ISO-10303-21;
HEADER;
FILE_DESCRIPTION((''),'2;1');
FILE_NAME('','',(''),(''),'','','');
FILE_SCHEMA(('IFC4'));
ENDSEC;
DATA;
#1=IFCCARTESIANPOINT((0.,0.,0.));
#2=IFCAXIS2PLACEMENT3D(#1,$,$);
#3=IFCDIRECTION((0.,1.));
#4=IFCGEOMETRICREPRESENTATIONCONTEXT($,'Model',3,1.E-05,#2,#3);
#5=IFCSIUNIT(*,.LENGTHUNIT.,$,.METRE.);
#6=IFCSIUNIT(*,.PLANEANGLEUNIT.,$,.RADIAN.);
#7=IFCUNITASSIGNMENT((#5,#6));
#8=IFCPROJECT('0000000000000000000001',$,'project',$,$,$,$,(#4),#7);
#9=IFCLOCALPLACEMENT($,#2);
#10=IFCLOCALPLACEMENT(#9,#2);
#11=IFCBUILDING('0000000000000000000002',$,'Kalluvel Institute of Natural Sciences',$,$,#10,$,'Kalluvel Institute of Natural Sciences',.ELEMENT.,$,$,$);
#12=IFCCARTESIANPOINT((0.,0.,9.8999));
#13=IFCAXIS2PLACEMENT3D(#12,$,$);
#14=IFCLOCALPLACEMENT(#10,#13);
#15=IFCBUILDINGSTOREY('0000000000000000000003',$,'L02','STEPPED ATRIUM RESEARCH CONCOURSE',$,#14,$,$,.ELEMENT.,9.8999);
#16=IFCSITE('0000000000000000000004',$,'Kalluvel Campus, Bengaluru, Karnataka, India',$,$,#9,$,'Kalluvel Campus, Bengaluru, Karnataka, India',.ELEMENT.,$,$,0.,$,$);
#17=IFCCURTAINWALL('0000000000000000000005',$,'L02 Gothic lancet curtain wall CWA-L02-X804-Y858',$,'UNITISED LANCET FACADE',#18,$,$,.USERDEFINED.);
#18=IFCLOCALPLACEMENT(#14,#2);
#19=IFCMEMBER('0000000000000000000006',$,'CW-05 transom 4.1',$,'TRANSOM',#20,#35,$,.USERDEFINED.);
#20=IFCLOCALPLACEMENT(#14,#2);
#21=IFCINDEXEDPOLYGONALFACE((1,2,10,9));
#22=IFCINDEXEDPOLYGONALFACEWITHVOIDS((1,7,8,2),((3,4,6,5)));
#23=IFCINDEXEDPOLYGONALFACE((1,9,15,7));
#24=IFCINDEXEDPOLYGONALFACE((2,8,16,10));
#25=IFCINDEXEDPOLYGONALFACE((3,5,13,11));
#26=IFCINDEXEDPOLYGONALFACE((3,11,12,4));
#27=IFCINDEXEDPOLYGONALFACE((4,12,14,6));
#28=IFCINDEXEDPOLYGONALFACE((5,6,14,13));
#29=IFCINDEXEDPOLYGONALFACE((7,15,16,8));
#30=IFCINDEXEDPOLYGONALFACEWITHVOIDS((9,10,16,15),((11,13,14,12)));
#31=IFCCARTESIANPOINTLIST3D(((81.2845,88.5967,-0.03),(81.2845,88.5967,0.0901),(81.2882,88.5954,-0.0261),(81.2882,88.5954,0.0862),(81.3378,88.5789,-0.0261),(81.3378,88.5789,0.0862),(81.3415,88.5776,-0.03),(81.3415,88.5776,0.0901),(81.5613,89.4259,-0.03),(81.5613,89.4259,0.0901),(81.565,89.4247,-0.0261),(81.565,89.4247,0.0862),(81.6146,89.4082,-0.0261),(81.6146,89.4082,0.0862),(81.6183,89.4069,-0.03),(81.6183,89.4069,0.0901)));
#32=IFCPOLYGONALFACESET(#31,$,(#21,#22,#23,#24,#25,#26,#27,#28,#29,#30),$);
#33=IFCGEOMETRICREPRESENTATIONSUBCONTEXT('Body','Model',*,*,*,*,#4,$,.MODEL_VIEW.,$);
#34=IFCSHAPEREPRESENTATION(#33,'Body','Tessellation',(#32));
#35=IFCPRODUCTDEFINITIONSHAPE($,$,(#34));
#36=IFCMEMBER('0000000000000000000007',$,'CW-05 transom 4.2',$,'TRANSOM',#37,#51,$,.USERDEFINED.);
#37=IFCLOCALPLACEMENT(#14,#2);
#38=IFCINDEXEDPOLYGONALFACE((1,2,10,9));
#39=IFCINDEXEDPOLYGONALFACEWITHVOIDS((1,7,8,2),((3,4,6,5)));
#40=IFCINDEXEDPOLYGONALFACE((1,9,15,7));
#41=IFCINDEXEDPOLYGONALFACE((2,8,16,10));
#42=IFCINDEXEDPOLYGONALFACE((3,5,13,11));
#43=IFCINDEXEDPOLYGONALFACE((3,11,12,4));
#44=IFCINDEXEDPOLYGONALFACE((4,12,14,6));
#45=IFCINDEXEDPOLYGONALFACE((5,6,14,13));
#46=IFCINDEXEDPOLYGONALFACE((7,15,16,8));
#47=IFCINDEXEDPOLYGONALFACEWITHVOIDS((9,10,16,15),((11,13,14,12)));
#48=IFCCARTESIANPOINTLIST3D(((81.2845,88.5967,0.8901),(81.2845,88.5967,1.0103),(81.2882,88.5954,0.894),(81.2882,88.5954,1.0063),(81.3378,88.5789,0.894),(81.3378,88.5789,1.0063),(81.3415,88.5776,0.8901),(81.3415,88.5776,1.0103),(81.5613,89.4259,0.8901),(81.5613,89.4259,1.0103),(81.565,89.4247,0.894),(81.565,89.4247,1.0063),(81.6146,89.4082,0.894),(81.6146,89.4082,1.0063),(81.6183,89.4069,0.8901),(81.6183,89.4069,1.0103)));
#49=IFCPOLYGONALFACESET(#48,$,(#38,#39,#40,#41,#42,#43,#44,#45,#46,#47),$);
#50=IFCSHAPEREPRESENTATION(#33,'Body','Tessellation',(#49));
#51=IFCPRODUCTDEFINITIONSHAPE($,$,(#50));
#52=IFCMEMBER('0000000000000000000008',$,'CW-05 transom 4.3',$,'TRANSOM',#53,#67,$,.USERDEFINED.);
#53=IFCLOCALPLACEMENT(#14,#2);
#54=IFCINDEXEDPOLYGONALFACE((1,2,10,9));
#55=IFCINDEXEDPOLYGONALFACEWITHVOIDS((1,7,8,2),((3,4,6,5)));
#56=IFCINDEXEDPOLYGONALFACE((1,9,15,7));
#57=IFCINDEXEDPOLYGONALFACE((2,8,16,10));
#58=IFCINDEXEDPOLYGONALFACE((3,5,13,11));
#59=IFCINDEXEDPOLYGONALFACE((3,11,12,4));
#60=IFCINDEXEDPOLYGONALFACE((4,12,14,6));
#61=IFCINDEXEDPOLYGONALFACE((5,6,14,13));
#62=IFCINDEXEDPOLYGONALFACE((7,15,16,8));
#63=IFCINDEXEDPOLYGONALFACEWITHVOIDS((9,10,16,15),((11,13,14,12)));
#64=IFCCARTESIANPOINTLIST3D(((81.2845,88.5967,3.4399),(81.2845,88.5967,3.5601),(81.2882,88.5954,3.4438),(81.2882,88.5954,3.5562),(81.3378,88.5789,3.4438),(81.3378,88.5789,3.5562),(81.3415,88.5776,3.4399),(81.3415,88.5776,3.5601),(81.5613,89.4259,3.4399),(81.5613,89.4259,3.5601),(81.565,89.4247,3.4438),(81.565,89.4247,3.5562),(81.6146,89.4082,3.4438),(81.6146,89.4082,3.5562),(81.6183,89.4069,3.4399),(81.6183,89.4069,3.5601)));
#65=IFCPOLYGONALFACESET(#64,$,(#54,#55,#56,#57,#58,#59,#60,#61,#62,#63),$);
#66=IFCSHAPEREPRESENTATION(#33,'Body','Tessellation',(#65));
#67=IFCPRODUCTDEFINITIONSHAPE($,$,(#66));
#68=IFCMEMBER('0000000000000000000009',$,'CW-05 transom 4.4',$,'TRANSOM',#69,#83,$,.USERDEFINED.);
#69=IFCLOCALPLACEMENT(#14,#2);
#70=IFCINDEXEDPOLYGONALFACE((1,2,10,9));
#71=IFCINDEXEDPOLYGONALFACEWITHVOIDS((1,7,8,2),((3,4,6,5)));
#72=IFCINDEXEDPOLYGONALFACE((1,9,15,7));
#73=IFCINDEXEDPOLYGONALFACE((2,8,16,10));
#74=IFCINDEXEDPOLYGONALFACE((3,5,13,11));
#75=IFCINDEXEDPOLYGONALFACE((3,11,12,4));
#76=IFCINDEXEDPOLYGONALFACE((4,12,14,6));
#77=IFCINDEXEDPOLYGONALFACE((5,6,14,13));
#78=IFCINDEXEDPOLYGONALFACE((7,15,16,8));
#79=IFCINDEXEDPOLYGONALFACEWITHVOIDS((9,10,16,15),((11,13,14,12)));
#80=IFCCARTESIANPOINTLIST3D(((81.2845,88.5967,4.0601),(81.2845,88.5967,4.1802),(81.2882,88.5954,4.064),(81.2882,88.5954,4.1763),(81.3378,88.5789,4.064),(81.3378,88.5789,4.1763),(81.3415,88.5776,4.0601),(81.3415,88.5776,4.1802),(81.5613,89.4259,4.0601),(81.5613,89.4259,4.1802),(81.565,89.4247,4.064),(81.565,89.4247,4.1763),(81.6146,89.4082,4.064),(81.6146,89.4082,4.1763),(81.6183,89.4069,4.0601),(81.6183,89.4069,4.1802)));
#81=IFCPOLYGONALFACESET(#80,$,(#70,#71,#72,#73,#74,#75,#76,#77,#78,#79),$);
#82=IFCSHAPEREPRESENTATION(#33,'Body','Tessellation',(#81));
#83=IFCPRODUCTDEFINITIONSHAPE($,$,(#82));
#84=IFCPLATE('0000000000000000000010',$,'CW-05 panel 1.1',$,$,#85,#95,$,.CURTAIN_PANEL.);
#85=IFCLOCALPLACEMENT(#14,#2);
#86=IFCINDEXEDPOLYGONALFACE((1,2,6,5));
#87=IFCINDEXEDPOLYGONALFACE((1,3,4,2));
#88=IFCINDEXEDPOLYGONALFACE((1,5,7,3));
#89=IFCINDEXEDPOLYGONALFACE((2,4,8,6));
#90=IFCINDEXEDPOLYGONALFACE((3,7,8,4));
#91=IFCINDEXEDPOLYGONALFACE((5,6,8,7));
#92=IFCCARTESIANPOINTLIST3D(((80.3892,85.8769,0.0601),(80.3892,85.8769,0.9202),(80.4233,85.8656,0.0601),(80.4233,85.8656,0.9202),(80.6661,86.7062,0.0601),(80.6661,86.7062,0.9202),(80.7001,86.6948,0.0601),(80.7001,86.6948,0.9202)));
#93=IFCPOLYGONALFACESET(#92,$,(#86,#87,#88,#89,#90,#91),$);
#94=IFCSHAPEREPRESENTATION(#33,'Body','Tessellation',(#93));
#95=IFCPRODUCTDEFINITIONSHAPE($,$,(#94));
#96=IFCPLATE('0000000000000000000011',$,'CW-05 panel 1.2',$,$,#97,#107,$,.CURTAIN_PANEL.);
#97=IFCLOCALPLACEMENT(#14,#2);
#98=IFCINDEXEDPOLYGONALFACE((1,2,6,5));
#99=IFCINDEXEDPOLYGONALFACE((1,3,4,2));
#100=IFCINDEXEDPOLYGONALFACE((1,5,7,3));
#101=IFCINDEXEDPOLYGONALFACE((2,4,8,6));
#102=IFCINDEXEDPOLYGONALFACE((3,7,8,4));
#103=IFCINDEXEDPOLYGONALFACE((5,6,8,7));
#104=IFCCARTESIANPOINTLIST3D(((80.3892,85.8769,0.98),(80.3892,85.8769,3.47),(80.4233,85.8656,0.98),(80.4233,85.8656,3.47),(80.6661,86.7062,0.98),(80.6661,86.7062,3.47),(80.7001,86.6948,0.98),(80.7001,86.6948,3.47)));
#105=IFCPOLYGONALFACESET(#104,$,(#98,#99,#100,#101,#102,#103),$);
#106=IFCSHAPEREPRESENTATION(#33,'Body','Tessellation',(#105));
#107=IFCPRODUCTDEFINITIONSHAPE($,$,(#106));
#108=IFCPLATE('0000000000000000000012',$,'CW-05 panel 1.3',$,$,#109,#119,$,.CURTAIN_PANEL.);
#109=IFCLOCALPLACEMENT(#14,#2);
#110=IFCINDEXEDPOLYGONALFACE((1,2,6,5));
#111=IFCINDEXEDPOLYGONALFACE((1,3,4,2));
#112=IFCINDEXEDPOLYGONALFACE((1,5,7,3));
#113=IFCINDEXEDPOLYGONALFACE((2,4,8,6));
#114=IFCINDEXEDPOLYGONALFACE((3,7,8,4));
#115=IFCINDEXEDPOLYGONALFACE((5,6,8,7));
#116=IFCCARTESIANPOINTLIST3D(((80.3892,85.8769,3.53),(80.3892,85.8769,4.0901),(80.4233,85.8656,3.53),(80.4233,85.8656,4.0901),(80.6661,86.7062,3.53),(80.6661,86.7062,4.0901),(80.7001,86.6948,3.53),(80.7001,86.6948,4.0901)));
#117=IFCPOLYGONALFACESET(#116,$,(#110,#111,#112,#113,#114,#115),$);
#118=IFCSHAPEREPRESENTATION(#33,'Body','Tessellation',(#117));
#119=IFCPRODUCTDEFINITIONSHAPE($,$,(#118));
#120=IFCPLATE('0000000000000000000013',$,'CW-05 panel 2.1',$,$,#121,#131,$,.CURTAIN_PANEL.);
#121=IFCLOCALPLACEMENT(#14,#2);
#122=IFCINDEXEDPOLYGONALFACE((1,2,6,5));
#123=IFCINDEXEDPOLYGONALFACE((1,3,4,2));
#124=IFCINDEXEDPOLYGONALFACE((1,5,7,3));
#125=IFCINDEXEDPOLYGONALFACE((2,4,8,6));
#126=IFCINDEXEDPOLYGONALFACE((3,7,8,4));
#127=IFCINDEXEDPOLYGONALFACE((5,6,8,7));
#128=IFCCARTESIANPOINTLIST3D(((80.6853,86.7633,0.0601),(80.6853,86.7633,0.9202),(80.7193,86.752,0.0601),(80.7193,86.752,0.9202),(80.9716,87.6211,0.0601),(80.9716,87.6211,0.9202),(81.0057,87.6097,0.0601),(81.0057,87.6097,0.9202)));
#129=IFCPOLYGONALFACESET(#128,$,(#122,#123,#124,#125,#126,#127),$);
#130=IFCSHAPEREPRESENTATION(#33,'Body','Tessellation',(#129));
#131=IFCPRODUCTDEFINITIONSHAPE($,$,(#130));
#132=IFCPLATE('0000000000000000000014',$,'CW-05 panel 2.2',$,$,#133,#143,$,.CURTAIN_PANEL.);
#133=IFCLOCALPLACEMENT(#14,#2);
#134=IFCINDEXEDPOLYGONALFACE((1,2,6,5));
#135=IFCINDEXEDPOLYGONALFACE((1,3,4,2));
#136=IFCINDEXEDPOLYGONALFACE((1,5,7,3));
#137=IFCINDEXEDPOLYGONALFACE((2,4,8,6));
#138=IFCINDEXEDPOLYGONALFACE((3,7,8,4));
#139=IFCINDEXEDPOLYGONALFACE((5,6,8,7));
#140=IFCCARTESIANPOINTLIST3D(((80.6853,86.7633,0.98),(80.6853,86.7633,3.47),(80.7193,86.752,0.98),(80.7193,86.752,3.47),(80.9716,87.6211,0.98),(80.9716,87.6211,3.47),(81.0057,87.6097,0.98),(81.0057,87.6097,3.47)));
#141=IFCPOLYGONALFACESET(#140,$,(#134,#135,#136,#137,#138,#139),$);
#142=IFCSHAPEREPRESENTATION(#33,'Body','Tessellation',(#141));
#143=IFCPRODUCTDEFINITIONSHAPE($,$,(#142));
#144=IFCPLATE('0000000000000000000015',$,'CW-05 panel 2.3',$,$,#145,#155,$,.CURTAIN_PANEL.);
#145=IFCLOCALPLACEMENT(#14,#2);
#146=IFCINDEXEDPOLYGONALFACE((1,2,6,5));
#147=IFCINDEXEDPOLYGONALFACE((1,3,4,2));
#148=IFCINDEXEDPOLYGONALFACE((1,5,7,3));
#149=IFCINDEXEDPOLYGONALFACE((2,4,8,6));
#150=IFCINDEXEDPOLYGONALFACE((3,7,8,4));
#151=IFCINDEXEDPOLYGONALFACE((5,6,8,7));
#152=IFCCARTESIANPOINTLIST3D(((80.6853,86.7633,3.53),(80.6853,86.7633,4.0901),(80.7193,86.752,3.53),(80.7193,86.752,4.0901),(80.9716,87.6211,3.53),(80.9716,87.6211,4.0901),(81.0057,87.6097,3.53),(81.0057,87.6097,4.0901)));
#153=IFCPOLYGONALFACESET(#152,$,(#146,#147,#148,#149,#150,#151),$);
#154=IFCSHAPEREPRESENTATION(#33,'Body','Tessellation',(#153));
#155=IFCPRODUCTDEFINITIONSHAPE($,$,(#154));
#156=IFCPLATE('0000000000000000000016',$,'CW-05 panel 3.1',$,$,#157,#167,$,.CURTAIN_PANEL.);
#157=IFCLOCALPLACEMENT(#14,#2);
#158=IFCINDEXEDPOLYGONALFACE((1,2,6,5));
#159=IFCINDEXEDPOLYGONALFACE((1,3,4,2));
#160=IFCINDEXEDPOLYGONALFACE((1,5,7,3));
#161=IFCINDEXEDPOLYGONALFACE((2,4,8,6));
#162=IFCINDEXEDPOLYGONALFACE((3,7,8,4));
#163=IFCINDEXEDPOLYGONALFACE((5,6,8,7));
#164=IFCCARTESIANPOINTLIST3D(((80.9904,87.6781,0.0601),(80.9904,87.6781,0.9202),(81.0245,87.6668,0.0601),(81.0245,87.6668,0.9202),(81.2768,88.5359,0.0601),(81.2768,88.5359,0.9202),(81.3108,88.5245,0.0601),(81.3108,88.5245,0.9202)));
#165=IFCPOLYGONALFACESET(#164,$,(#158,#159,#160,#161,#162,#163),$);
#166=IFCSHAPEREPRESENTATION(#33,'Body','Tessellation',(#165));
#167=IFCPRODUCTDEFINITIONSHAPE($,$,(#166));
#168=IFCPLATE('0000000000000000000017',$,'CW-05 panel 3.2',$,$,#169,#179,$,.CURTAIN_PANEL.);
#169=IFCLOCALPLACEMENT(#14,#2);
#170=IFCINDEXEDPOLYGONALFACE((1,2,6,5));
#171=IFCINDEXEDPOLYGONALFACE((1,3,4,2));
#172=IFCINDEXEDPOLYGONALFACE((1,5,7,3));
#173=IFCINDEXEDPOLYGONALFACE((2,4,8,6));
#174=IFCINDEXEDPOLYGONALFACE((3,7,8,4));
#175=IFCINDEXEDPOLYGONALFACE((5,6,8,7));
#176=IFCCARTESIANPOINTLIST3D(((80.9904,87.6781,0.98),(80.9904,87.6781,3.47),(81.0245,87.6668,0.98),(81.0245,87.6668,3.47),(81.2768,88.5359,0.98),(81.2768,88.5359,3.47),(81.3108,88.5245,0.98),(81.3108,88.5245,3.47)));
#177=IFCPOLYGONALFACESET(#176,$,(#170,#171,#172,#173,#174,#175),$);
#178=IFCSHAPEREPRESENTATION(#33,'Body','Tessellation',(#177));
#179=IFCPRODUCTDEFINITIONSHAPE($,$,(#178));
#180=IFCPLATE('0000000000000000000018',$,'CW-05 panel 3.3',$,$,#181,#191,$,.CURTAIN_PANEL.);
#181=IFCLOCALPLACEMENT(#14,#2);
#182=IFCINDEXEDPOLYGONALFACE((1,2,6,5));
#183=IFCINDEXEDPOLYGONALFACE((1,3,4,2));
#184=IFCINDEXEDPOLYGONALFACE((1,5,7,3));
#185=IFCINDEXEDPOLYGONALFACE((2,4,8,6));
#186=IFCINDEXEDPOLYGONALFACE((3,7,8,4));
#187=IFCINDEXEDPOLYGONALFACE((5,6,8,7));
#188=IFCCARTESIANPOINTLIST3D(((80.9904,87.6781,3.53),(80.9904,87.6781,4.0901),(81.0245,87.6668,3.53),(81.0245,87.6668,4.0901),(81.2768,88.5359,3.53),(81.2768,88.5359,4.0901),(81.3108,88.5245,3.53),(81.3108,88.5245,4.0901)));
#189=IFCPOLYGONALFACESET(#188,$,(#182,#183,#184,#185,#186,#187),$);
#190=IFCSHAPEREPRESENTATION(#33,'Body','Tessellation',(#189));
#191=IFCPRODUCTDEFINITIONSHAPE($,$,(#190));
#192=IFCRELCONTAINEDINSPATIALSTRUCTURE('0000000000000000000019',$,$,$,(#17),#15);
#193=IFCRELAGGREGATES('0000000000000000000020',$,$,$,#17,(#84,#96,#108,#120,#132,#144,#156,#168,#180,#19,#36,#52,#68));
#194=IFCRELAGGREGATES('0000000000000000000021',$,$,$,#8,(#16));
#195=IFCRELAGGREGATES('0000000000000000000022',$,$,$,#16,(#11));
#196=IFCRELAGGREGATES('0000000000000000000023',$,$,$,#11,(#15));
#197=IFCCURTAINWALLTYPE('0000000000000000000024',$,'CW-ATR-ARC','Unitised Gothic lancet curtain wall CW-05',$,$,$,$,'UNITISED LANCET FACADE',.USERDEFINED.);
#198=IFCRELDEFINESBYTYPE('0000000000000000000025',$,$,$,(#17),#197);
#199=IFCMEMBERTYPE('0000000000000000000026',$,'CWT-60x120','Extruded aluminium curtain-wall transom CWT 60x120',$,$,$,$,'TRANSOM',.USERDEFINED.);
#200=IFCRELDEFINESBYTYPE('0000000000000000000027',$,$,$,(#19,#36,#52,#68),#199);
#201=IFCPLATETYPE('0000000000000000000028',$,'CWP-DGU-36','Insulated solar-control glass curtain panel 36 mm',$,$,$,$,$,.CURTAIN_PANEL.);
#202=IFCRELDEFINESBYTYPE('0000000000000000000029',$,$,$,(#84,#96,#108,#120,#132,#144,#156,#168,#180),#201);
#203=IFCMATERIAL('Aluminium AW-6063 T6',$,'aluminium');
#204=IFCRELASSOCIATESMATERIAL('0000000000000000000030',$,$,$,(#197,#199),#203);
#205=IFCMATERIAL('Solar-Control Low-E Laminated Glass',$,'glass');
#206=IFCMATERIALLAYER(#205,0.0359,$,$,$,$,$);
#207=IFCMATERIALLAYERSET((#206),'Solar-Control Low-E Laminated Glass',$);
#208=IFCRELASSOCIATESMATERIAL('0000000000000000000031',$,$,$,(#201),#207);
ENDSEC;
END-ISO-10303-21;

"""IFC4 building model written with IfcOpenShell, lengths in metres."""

from ifc_helpers import new_model, si_unit, direction, frame, origin, origin_2d, place, context, subcontext, project, spatial, rectangle, hollow_rectangle, extrude, material, layer, layer_set, material_profile, profile_set, type_object, element, aggregate, save


model = new_model("IFC4")

# Units and contexts
model_context = context("Model", 3, precision=1e-05, world=origin(), true_north=direction((0.0, 1.0)))
body_context = subcontext(model_context, "Body", "Model", "MODEL_VIEW")
ifc_project = project(units=[si_unit("LENGTHUNIT", "METRE"), si_unit("PLANEANGLEUNIT", "RADIAN")], contexts=[model_context])

# Site, building, storey
site_placement = place(None, origin())
site = spatial("IfcSite", under=ifc_project, at=site_placement, Name="Kalluvel Campus, Bengaluru, Karnataka, India", LongName="Kalluvel Campus, Bengaluru, Karnataka, India", CompositionType="ELEMENT", RefElevation=0.0)
building_placement = place(site_placement, origin())
building = spatial("IfcBuilding", under=site, at=building_placement, Name="Kalluvel Institute of Natural Sciences", LongName="Kalluvel Institute of Natural Sciences", CompositionType="ELEMENT")
storey_placement = place(building_placement, frame((0.0, 0.0, 9.8999)))
storey = spatial("IfcBuildingStorey", under=building, at=storey_placement, Name="L02", Description="STEPPED ATRIUM RESEARCH CONCOURSE", CompositionType="ELEMENT", Elevation=9.8999)

# Curtain wall, members, plates
ifc_material_1 = material(Name="Aluminium AW-6063 T6", Category="aluminium")
curtain_wall_type = type_object("IfcCurtainWallType", Name="CW-ATR-ARC", Description="Unitised Gothic lancet curtain wall CW-05", ElementType="UNITISED LANCET FACADE", PredefinedType="USERDEFINED", material=ifc_material_1)
curtain_wall_placement = place(storey_placement, origin())
curtain_wall = element("IfcCurtainWall", 1, at=curtain_wall_placement, inside=storey, type_object=curtain_wall_type, Name="L02 Gothic lancet curtain wall CWA-L02-X804-Y858", ObjectType="UNITISED LANCET FACADE", PredefinedType="USERDEFINED")
ifc_material_profile_1 = material_profile(ifc_material_1, hollow_rectangle(XDim=0.0601, YDim=0.1201, WallThickness=0.0039, at=origin_2d()), Name="CWT 60x120")
ifc_profile_set_1 = profile_set([ifc_material_profile_1], Name="Aluminium AW-6063 T6")
member_type_1 = type_object("IfcMemberType", Name="CWT-60x120", Description="Extruded aluminium curtain-wall transom CWT 60x120", ElementType="TRANSOM", PredefinedType="USERDEFINED", material=ifc_profile_set_1)
member_1_placement = place(storey_placement, frame((81.313, 88.5872, 0.03), z_axis=(0.316647, 0.948544, 0.0), x_axis=(-0.948544, 0.316647, 0.0)))
member_1 = element("IfcMember", 2, at=member_1_placement, type_object=member_type_1, Name="CW-05 transom 4.1", ObjectType="TRANSOM", PredefinedType="USERDEFINED", context=body_context, shape_type="SweptSolid", body=[
    extrude(hollow_rectangle(XDim=0.0601, YDim=0.1201, WallThickness=0.0039, at=origin_2d()), origin(), (0.0, 0.0, 1.0), 0.8743),
])
member_2_placement = place(storey_placement, frame((81.313, 88.5872, 0.9502), z_axis=(0.316647, 0.948544, 0.0), x_axis=(-0.948544, 0.316647, 0.0)))
member_2 = element("IfcMember", 3, at=member_2_placement, type_object=member_type_1, Name="CW-05 transom 4.2", ObjectType="TRANSOM", PredefinedType="USERDEFINED", context=body_context, shape_type="SweptSolid", body=[
    extrude(hollow_rectangle(XDim=0.0601, YDim=0.1201, WallThickness=0.0039, at=origin_2d()), origin(), (0.0, 0.0, 1.0), 0.8743),
])
member_3_placement = place(storey_placement, frame((81.313, 88.5872, 3.5), z_axis=(0.316647, 0.948544, 0.0), x_axis=(-0.948544, 0.316647, 0.0)))
member_3 = element("IfcMember", 4, at=member_3_placement, type_object=member_type_1, Name="CW-05 transom 4.3", ObjectType="TRANSOM", PredefinedType="USERDEFINED", context=body_context, shape_type="SweptSolid", body=[
    extrude(hollow_rectangle(XDim=0.0601, YDim=0.1201, WallThickness=0.0039, at=origin_2d()), origin(), (0.0, 0.0, 1.0), 0.8743),
])
member_4_placement = place(storey_placement, frame((81.313, 88.5872, 4.1201), z_axis=(0.316647, 0.948544, 0.0), x_axis=(-0.948544, 0.316647, 0.0)))
member_4 = element("IfcMember", 5, at=member_4_placement, type_object=member_type_1, Name="CW-05 transom 4.4", ObjectType="TRANSOM", PredefinedType="USERDEFINED", context=body_context, shape_type="SweptSolid", body=[
    extrude(hollow_rectangle(XDim=0.0601, YDim=0.1201, WallThickness=0.0039, at=origin_2d()), origin(), (0.0, 0.0, 1.0), 0.8743),
])
ifc_material_2 = material(Name="Solar-Control Low-E Laminated Glass", Category="glass")
ifc_layer_1 = layer(ifc_material_2, 0.0359)
ifc_layer_set_1 = layer_set([ifc_layer_1], Name="Solar-Control Low-E Laminated Glass")
plate_type = type_object("IfcPlateType", Name="CWP-DGU-36", Description="Insulated solar-control glass curtain panel 36 mm", PredefinedType="CURTAIN_PANEL", material=ifc_layer_set_1)
plate_1_placement = place(storey_placement, frame((80.5447, 86.2859, 0.0601), z_axis=(0.0, 0.0, 1.0), x_axis=(0.316655, 0.948541, 0.0)))
plate_1 = element("IfcPlate", 6, at=plate_1_placement, type_object=plate_type, Name="CW-05 panel 1.1", PredefinedType="CURTAIN_PANEL", context=body_context, shape_type="SweptSolid", body=[
    extrude(rectangle(XDim=0.8743, YDim=0.0359, at=origin_2d()), origin(), (0.0, 0.0, 1.0), 0.8601),
])
plate_2_placement = place(storey_placement, frame((80.5447, 86.2859, 0.98), z_axis=(0.0, 0.0, 1.0), x_axis=(0.316655, 0.948541, 0.0)))
plate_2 = element("IfcPlate", 7, at=plate_2_placement, type_object=plate_type, Name="CW-05 panel 1.2", PredefinedType="CURTAIN_PANEL", context=body_context, shape_type="SweptSolid", body=[
    extrude(rectangle(XDim=0.8743, YDim=0.0359, at=origin_2d()), origin(), (0.0, 0.0, 1.0), 2.49),
])
plate_3_placement = place(storey_placement, frame((80.5447, 86.2859, 3.53), z_axis=(0.0, 0.0, 1.0), x_axis=(0.316655, 0.948541, 0.0)))
plate_3 = element("IfcPlate", 8, at=plate_3_placement, type_object=plate_type, Name="CW-05 panel 1.3", PredefinedType="CURTAIN_PANEL", context=body_context, shape_type="SweptSolid", body=[
    extrude(rectangle(XDim=0.8743, YDim=0.0359, at=origin_2d()), origin(), (0.0, 0.0, 1.0), 0.5601),
])
plate_4_placement = place(storey_placement, frame((80.8455, 87.1865, 0.0601), z_axis=(0.0, 0.0, 1.0), x_axis=(0.316655, 0.948541, 0.0)))
plate_4 = element("IfcPlate", 9, at=plate_4_placement, type_object=plate_type, Name="CW-05 panel 2.1", PredefinedType="CURTAIN_PANEL", context=body_context, shape_type="SweptSolid", body=[
    extrude(rectangle(XDim=0.9043, YDim=0.0359, at=origin_2d()), origin(), (0.0, 0.0, 1.0), 0.8601),
])
plate_5_placement = place(storey_placement, frame((80.8455, 87.1865, 0.98), z_axis=(0.0, 0.0, 1.0), x_axis=(0.316655, 0.948541, 0.0)))
plate_5 = element("IfcPlate", 10, at=plate_5_placement, type_object=plate_type, Name="CW-05 panel 2.2", PredefinedType="CURTAIN_PANEL", context=body_context, shape_type="SweptSolid", body=[
    extrude(rectangle(XDim=0.9043, YDim=0.0359, at=origin_2d()), origin(), (0.0, 0.0, 1.0), 2.49),
])
plate_6_placement = place(storey_placement, frame((80.8455, 87.1865, 3.53), z_axis=(0.0, 0.0, 1.0), x_axis=(0.316655, 0.948541, 0.0)))
plate_6 = element("IfcPlate", 11, at=plate_6_placement, type_object=plate_type, Name="CW-05 panel 2.3", PredefinedType="CURTAIN_PANEL", context=body_context, shape_type="SweptSolid", body=[
    extrude(rectangle(XDim=0.9043, YDim=0.0359, at=origin_2d()), origin(), (0.0, 0.0, 1.0), 0.5601),
])
plate_7_placement = place(storey_placement, frame((81.1506, 88.1013, 0.0601), z_axis=(0.0, 0.0, 1.0), x_axis=(0.316655, 0.948541, 0.0)))
plate_7 = element("IfcPlate", 12, at=plate_7_placement, type_object=plate_type, Name="CW-05 panel 3.1", PredefinedType="CURTAIN_PANEL", context=body_context, shape_type="SweptSolid", body=[
    extrude(rectangle(XDim=0.9043, YDim=0.0359, at=origin_2d()), origin(), (0.0, 0.0, 1.0), 0.8601),
])
plate_8_placement = place(storey_placement, frame((81.1506, 88.1013, 0.98), z_axis=(0.0, 0.0, 1.0), x_axis=(0.316655, 0.948541, 0.0)))
plate_8 = element("IfcPlate", 13, at=plate_8_placement, type_object=plate_type, Name="CW-05 panel 3.2", PredefinedType="CURTAIN_PANEL", context=body_context, shape_type="SweptSolid", body=[
    extrude(rectangle(XDim=0.9043, YDim=0.0359, at=origin_2d()), origin(), (0.0, 0.0, 1.0), 2.49),
])
plate_9_placement = place(storey_placement, frame((81.1506, 88.1013, 3.53), z_axis=(0.0, 0.0, 1.0), x_axis=(0.316655, 0.948541, 0.0)))
plate_9 = element("IfcPlate", 14, at=plate_9_placement, type_object=plate_type, Name="CW-05 panel 3.3", PredefinedType="CURTAIN_PANEL", context=body_context, shape_type="SweptSolid", body=[
    extrude(rectangle(XDim=0.9043, YDim=0.0359, at=origin_2d()), origin(), (0.0, 0.0, 1.0), 0.5601),
])
aggregate(curtain_wall, [plate_1, plate_2, plate_3, plate_4, plate_5, plate_6, plate_7, plate_8, plate_9, member_1, member_2, member_3, member_4])

save(model, "model.ifc")
